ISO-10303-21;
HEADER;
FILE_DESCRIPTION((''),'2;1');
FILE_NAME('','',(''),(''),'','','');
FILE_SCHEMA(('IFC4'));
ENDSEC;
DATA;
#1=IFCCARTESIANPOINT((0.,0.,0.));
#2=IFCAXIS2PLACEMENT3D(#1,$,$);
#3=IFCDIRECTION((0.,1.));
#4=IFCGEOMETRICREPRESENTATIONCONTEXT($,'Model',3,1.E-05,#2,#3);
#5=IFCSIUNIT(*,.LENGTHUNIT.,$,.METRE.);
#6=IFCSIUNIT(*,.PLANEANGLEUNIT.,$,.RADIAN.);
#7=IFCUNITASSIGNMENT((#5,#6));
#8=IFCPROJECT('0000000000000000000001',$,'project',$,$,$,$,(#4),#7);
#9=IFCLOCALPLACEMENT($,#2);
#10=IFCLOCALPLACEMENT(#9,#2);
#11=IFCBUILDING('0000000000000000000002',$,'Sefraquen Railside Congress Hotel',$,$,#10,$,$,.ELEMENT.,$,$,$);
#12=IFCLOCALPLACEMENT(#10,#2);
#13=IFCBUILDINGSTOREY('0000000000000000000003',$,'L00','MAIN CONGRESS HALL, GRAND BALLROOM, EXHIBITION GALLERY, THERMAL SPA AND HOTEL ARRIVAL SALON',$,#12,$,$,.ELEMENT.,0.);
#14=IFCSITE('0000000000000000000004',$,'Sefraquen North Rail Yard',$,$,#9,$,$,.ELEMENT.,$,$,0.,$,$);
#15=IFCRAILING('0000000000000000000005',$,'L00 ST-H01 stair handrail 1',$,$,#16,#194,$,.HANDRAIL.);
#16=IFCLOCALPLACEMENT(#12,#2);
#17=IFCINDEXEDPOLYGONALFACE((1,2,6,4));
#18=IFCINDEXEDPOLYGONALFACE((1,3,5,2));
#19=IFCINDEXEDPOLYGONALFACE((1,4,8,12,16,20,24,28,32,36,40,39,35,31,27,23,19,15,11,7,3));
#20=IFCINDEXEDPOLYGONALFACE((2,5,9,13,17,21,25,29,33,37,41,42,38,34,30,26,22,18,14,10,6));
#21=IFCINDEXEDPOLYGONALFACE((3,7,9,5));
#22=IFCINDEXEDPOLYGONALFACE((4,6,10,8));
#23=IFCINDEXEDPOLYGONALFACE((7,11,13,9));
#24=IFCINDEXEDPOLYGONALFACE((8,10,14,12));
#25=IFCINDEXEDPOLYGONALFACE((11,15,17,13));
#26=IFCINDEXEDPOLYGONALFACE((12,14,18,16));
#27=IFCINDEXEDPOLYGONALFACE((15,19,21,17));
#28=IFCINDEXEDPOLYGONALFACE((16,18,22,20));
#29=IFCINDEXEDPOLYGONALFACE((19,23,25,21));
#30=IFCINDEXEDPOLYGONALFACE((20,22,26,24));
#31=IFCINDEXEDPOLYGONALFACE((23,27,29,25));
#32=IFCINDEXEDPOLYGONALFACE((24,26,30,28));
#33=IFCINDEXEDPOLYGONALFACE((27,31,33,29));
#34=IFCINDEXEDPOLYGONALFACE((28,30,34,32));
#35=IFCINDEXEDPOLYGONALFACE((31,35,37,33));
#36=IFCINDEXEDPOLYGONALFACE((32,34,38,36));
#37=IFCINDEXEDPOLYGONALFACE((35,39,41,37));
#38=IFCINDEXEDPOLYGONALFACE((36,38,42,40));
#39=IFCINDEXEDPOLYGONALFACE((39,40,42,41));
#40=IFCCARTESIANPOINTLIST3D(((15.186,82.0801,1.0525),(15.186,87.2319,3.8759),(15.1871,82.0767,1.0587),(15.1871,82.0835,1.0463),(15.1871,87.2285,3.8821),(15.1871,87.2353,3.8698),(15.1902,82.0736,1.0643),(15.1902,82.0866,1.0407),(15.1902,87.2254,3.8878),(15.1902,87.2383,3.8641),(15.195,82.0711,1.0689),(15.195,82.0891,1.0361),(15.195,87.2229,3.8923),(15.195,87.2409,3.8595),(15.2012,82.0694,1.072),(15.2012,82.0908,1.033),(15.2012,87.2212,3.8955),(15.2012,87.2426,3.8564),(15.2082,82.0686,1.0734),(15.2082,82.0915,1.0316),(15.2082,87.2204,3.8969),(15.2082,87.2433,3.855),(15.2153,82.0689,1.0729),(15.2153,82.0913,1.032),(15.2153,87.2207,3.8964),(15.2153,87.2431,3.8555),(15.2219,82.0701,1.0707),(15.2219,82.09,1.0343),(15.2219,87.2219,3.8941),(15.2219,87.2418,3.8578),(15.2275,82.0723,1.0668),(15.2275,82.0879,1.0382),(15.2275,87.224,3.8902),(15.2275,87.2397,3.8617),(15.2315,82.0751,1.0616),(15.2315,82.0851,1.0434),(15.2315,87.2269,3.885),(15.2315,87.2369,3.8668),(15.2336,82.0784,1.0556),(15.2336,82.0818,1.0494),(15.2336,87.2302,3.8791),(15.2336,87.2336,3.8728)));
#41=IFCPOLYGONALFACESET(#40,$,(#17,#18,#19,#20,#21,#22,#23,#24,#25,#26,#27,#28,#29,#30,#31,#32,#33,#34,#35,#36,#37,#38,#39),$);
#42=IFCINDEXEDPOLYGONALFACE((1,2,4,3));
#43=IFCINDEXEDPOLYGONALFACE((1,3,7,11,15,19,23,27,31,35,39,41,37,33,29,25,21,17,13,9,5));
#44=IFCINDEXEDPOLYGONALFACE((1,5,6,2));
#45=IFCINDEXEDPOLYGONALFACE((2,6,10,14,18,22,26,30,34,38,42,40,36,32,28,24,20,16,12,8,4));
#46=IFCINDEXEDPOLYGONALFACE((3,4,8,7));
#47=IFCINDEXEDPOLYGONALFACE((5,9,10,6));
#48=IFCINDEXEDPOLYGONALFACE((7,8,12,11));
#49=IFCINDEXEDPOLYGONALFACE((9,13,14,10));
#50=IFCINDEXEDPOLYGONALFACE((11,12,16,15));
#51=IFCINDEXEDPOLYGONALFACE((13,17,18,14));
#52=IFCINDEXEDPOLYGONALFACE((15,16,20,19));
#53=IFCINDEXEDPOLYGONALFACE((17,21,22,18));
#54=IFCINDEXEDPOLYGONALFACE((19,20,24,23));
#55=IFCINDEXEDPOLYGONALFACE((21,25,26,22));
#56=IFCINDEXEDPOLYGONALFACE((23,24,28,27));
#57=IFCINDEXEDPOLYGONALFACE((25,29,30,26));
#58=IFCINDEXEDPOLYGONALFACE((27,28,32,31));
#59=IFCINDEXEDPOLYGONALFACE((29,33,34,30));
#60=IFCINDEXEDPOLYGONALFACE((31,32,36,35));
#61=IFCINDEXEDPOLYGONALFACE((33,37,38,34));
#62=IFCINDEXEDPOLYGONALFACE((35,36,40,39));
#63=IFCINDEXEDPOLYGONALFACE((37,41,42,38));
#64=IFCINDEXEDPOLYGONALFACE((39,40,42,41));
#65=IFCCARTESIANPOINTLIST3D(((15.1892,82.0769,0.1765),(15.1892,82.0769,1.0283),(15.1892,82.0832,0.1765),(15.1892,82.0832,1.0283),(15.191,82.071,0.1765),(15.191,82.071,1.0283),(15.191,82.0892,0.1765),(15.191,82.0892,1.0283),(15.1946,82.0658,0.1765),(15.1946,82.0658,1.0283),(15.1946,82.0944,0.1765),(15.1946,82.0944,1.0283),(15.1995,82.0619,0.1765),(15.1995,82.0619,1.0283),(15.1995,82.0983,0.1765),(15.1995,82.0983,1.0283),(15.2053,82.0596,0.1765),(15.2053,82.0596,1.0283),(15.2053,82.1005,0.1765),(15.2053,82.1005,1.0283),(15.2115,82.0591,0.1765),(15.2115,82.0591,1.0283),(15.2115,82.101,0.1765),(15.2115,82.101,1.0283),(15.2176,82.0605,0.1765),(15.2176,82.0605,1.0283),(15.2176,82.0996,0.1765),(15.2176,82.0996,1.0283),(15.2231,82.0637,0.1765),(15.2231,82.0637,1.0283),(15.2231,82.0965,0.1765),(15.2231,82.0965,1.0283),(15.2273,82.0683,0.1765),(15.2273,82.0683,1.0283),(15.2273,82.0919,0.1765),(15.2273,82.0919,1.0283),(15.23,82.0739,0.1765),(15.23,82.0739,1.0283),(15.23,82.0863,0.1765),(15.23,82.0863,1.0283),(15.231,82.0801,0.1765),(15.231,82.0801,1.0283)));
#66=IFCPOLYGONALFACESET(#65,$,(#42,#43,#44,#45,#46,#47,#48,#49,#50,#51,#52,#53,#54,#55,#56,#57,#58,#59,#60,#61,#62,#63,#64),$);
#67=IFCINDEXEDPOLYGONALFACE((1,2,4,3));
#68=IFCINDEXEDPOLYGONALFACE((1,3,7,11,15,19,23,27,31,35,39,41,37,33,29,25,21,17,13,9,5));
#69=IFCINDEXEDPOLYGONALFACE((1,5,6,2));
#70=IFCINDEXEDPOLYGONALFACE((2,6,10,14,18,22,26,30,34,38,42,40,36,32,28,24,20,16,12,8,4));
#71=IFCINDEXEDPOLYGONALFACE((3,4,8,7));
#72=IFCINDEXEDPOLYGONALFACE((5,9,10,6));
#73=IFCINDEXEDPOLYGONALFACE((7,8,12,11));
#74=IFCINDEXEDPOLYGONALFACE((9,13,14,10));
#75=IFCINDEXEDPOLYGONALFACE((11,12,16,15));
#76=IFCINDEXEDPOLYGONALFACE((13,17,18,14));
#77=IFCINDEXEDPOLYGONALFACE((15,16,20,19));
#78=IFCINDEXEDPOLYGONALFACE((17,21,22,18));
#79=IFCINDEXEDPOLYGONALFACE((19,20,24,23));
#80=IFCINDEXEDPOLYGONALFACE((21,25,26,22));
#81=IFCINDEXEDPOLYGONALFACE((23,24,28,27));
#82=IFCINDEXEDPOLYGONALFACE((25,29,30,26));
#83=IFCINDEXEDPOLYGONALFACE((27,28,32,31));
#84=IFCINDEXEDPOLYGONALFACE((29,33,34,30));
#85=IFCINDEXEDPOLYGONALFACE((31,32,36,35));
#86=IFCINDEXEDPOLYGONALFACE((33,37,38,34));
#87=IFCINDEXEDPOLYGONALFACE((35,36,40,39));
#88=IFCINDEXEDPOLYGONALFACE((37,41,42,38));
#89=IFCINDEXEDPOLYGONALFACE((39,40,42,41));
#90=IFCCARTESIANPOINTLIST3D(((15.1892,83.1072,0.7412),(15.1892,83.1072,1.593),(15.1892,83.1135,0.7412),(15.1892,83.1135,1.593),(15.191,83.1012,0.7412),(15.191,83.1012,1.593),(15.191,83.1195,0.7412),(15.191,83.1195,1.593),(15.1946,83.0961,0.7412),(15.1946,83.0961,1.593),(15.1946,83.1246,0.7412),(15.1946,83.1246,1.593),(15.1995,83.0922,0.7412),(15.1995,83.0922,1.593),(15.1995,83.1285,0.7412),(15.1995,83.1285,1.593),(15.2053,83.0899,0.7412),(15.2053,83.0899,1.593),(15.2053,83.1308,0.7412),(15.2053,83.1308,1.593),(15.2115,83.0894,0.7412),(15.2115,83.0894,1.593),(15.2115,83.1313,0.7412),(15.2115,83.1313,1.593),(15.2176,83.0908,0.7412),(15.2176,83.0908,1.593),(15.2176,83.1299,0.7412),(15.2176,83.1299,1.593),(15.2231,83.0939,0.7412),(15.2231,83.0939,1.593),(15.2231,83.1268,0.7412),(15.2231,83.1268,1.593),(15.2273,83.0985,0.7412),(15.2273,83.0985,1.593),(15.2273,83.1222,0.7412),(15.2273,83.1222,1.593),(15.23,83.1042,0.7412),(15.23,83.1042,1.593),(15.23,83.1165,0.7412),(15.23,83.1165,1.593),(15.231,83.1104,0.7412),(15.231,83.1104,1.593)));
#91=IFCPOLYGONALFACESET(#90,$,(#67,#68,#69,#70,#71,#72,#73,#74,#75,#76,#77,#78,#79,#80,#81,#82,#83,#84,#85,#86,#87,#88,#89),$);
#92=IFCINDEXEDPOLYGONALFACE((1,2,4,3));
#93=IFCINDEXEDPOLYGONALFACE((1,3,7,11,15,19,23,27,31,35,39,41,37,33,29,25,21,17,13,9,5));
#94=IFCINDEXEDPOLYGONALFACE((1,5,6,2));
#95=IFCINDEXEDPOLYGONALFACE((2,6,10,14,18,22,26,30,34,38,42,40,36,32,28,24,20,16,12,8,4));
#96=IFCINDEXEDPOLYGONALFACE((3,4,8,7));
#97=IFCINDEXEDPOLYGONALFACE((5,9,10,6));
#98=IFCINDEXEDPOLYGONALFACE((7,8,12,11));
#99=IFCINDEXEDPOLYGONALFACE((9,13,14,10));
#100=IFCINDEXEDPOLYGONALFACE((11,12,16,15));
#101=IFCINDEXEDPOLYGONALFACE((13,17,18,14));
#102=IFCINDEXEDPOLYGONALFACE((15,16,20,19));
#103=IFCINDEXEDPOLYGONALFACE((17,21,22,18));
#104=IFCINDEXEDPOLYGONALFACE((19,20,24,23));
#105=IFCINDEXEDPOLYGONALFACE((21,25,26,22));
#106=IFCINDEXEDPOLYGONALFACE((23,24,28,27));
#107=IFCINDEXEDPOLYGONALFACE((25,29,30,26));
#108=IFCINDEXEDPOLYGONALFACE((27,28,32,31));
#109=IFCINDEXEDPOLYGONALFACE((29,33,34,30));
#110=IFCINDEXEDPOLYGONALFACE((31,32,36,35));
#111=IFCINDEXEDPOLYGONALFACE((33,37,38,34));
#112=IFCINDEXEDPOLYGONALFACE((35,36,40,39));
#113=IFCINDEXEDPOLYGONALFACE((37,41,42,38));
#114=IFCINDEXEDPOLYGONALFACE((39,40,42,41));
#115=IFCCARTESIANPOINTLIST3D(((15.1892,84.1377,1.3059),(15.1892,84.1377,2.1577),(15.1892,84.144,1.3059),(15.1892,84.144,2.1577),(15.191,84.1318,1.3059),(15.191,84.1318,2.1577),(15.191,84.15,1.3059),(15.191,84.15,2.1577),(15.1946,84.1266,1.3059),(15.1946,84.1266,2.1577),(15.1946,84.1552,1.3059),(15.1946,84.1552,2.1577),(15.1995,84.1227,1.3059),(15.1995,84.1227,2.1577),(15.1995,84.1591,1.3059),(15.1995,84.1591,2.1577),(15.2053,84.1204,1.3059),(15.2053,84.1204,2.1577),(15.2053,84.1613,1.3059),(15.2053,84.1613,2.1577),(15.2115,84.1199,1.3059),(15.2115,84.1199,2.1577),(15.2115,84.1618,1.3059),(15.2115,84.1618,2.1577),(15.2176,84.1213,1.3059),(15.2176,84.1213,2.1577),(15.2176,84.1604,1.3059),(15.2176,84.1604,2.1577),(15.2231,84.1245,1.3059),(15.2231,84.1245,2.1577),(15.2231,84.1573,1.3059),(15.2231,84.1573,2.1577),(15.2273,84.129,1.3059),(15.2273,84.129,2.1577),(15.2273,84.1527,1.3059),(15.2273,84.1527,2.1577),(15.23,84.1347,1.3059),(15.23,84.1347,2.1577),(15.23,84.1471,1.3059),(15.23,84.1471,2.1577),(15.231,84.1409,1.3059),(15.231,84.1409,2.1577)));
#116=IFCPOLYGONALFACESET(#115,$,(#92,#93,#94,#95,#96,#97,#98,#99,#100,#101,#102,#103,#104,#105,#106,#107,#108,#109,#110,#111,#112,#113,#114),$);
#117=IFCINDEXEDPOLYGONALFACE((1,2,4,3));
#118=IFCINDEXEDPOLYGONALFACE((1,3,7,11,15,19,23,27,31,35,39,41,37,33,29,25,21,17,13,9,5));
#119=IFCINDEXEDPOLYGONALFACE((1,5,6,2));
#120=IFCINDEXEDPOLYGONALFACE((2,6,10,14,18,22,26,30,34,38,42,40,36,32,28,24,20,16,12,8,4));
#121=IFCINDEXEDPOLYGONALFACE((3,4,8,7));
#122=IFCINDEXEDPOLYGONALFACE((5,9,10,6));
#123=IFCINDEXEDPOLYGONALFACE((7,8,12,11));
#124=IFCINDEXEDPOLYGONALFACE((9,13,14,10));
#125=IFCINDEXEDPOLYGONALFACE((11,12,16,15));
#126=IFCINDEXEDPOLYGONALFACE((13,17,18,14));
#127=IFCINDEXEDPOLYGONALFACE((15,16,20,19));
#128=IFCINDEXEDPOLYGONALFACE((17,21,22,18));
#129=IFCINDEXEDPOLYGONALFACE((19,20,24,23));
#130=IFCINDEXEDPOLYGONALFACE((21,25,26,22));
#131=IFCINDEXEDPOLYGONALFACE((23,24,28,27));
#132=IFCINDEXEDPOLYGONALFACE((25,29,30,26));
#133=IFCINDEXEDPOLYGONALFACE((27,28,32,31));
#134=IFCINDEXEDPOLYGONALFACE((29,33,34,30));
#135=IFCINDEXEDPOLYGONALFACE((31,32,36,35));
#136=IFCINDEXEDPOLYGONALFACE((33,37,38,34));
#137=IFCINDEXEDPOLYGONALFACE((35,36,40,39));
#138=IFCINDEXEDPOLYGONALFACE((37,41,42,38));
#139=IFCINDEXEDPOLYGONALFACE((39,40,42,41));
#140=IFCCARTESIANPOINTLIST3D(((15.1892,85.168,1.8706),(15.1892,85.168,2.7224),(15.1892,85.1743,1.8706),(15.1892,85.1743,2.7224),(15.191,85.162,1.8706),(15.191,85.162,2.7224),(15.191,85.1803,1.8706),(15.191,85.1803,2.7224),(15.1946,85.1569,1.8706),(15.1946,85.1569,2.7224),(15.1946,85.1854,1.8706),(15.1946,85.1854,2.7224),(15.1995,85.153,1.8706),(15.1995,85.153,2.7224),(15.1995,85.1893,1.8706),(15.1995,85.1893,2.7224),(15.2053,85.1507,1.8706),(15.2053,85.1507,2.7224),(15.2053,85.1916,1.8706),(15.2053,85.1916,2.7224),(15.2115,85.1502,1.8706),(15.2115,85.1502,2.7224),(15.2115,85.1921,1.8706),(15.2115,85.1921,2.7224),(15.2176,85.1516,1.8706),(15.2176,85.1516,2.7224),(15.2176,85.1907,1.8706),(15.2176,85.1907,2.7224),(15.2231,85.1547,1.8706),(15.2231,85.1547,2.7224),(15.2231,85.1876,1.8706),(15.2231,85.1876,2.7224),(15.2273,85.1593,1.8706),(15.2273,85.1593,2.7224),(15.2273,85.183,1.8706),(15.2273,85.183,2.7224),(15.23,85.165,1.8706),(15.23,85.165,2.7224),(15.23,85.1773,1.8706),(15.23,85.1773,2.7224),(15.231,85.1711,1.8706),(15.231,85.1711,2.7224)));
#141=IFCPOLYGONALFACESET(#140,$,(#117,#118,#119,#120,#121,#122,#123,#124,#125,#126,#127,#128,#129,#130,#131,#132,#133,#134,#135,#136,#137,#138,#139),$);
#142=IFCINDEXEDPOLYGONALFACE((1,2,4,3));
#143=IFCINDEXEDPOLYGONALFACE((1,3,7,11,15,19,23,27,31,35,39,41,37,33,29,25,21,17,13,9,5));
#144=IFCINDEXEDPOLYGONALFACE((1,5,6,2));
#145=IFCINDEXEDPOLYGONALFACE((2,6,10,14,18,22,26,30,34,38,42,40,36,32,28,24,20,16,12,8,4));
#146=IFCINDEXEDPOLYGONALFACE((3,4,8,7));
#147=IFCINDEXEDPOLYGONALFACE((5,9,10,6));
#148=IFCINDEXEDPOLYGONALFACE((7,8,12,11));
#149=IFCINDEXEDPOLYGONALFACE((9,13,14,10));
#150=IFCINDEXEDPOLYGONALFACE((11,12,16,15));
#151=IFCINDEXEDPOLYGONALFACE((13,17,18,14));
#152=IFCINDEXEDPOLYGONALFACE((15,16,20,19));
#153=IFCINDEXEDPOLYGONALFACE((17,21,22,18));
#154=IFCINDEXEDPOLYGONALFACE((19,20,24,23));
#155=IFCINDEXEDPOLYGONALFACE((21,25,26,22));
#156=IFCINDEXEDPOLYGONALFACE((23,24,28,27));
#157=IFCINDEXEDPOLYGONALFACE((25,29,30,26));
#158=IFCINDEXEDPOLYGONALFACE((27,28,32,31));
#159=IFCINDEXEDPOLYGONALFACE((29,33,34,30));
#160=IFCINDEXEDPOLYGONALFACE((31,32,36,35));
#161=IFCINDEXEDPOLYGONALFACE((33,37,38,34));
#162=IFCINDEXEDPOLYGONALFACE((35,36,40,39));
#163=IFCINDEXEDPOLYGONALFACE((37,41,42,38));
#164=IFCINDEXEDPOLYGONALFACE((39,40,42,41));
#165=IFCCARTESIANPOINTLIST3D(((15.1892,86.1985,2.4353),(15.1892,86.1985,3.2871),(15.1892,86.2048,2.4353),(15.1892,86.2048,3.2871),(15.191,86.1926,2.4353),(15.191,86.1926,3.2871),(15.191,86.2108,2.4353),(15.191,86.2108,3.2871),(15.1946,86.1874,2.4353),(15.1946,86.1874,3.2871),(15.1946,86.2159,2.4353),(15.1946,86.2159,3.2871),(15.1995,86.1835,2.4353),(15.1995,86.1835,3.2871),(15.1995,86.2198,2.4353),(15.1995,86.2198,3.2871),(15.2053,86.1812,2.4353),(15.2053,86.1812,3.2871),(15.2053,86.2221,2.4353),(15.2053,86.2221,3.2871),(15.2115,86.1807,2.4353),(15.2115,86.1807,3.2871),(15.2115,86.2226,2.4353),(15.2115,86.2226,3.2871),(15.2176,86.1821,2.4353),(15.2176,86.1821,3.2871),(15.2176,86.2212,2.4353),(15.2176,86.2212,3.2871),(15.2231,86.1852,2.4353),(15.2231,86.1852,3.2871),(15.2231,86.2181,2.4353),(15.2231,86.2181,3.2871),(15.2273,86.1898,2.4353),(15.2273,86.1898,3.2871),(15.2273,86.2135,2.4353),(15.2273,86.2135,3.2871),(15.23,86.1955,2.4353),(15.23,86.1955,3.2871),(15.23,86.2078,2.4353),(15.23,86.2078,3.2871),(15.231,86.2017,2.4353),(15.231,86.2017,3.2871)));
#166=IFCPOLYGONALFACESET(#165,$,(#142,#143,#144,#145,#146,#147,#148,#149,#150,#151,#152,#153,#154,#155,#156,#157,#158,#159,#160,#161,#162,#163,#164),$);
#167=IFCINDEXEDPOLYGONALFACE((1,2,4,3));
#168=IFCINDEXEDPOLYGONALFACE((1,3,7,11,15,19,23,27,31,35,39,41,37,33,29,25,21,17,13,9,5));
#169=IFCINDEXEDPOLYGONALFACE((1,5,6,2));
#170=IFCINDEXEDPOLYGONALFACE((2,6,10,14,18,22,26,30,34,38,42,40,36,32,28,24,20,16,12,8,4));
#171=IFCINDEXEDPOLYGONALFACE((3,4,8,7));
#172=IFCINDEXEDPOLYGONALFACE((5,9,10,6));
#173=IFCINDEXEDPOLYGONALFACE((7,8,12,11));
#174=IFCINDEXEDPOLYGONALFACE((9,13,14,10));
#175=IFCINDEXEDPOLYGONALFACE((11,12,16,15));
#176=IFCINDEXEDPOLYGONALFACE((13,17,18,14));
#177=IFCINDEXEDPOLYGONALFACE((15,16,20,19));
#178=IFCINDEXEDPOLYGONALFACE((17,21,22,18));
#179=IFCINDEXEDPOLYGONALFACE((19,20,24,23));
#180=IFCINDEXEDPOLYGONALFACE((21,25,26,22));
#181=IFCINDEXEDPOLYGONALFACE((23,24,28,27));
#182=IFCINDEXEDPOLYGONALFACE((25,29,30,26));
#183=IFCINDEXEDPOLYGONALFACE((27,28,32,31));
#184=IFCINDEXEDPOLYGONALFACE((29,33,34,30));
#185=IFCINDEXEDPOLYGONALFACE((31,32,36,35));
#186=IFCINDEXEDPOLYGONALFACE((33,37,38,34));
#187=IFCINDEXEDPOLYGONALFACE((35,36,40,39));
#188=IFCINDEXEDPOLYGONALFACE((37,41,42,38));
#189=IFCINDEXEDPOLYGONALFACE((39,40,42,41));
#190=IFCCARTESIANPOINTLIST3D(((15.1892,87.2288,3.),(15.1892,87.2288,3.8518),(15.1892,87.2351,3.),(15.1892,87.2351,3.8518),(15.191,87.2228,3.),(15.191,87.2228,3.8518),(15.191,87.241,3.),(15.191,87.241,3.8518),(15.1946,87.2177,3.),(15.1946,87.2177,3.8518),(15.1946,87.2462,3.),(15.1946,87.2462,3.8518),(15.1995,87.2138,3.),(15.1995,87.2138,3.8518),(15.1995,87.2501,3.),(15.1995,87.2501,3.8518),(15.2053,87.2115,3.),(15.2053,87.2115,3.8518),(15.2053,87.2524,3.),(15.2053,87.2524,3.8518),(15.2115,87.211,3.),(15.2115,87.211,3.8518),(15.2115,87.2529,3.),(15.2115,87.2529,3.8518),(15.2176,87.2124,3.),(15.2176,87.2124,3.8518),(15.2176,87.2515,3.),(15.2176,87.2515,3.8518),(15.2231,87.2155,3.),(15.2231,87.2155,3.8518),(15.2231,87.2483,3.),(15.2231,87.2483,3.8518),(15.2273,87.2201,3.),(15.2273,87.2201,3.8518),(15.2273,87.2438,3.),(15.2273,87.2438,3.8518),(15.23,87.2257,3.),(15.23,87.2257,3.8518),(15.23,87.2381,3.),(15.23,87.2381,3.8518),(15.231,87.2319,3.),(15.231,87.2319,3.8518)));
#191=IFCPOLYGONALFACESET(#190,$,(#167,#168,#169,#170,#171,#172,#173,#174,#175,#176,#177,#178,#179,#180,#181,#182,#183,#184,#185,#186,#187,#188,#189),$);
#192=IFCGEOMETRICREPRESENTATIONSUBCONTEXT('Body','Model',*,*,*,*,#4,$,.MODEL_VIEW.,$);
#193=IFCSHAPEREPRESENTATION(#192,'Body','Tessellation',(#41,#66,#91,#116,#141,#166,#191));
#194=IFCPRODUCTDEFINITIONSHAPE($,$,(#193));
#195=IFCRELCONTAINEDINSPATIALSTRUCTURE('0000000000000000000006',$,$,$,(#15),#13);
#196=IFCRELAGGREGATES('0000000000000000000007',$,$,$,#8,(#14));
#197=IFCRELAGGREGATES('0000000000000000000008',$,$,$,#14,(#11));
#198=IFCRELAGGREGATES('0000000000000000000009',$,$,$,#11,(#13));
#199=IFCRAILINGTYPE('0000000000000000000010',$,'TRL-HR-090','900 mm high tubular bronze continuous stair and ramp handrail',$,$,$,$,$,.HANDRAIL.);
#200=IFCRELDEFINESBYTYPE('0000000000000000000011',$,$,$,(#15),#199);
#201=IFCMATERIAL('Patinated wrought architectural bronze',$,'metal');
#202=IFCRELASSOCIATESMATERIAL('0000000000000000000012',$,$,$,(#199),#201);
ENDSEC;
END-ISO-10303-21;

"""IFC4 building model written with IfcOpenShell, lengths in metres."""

from ifc_helpers import new_model, si_unit, direction, frame, origin, origin_2d, place, context, subcontext, project, spatial, circle, extrude, material, type_object, element, save


model = new_model("IFC4")

# Units and contexts
model_context = context("Model", 3, precision=1e-05, world=origin(), true_north=direction((0.0, 1.0)))
body_context = subcontext(model_context, "Body", "Model", "MODEL_VIEW")
ifc_project = project(units=[si_unit("LENGTHUNIT", "METRE"), si_unit("PLANEANGLEUNIT", "RADIAN")], contexts=[model_context])

# Site, building, storey
site_placement = place(None, origin())
site = spatial("IfcSite", under=ifc_project, at=site_placement, Name="Sefraquen North Rail Yard", CompositionType="ELEMENT", RefElevation=0.0)
building_placement = place(site_placement, origin())
building = spatial("IfcBuilding", under=site, at=building_placement, Name="Sefraquen Railside Congress Hotel", CompositionType="ELEMENT")
storey_placement = place(building_placement, origin())
storey = spatial("IfcBuildingStorey", under=building, at=storey_placement, Name="L00", Description="MAIN CONGRESS HALL, GRAND BALLROOM, EXHIBITION GALLERY, THERMAL SPA AND HOTEL ARRIVAL SALON", CompositionType="ELEMENT", Elevation=0.0)

# Railing
ifc_material_1 = material(Name="Patinated wrought architectural bronze", Category="metal")
railing_type_1 = type_object("IfcRailingType", Name="TRL-HR-090", Description="900 mm high tubular bronze continuous stair and ramp handrail", PredefinedType="HANDRAIL", material=ifc_material_1)
railing_1_placement = place(storey_placement, frame((15.21, 82.0801, 0.1765)))
element("IfcRailing", 1, at=railing_1_placement, inside=storey, type_object=railing_type_1, Name="L00 ST-H01 stair handrail 1", PredefinedType="HANDRAIL", context=body_context, shape_type="SweptSolid", body=[
    extrude(circle(Radius=0.0239, at=origin_2d()), frame((0.0, 0.0, 0.876), z_axis=(0.0, 0.876936, 0.480607), x_axis=(-1.0, 0.0, 0.0)), (0.0, 0.0, 1.0), 5.8748),
    extrude(circle(Radius=0.021, at=origin_2d()), origin(), (0.0, 0.0, 1.0), 0.8518),
    extrude(circle(Radius=0.021, at=origin_2d()), frame((0.0, 1.0303, 0.5647)), (0.0, 0.0, 1.0), 0.8518),
    extrude(circle(Radius=0.021, at=origin_2d()), frame((0.0, 2.0608, 1.1294)), (0.0, 0.0, 1.0), 0.8518),
    extrude(circle(Radius=0.021, at=origin_2d()), frame((0.0, 3.0911, 1.6941)), (0.0, 0.0, 1.0), 0.8518),
    extrude(circle(Radius=0.021, at=origin_2d()), frame((0.0, 4.1216, 2.2588)), (0.0, 0.0, 1.0), 0.8518),
    extrude(circle(Radius=0.021, at=origin_2d()), frame((0.0, 5.1519, 2.8235)), (0.0, 0.0, 1.0), 0.8518),
])

save(model, "model.ifc")
